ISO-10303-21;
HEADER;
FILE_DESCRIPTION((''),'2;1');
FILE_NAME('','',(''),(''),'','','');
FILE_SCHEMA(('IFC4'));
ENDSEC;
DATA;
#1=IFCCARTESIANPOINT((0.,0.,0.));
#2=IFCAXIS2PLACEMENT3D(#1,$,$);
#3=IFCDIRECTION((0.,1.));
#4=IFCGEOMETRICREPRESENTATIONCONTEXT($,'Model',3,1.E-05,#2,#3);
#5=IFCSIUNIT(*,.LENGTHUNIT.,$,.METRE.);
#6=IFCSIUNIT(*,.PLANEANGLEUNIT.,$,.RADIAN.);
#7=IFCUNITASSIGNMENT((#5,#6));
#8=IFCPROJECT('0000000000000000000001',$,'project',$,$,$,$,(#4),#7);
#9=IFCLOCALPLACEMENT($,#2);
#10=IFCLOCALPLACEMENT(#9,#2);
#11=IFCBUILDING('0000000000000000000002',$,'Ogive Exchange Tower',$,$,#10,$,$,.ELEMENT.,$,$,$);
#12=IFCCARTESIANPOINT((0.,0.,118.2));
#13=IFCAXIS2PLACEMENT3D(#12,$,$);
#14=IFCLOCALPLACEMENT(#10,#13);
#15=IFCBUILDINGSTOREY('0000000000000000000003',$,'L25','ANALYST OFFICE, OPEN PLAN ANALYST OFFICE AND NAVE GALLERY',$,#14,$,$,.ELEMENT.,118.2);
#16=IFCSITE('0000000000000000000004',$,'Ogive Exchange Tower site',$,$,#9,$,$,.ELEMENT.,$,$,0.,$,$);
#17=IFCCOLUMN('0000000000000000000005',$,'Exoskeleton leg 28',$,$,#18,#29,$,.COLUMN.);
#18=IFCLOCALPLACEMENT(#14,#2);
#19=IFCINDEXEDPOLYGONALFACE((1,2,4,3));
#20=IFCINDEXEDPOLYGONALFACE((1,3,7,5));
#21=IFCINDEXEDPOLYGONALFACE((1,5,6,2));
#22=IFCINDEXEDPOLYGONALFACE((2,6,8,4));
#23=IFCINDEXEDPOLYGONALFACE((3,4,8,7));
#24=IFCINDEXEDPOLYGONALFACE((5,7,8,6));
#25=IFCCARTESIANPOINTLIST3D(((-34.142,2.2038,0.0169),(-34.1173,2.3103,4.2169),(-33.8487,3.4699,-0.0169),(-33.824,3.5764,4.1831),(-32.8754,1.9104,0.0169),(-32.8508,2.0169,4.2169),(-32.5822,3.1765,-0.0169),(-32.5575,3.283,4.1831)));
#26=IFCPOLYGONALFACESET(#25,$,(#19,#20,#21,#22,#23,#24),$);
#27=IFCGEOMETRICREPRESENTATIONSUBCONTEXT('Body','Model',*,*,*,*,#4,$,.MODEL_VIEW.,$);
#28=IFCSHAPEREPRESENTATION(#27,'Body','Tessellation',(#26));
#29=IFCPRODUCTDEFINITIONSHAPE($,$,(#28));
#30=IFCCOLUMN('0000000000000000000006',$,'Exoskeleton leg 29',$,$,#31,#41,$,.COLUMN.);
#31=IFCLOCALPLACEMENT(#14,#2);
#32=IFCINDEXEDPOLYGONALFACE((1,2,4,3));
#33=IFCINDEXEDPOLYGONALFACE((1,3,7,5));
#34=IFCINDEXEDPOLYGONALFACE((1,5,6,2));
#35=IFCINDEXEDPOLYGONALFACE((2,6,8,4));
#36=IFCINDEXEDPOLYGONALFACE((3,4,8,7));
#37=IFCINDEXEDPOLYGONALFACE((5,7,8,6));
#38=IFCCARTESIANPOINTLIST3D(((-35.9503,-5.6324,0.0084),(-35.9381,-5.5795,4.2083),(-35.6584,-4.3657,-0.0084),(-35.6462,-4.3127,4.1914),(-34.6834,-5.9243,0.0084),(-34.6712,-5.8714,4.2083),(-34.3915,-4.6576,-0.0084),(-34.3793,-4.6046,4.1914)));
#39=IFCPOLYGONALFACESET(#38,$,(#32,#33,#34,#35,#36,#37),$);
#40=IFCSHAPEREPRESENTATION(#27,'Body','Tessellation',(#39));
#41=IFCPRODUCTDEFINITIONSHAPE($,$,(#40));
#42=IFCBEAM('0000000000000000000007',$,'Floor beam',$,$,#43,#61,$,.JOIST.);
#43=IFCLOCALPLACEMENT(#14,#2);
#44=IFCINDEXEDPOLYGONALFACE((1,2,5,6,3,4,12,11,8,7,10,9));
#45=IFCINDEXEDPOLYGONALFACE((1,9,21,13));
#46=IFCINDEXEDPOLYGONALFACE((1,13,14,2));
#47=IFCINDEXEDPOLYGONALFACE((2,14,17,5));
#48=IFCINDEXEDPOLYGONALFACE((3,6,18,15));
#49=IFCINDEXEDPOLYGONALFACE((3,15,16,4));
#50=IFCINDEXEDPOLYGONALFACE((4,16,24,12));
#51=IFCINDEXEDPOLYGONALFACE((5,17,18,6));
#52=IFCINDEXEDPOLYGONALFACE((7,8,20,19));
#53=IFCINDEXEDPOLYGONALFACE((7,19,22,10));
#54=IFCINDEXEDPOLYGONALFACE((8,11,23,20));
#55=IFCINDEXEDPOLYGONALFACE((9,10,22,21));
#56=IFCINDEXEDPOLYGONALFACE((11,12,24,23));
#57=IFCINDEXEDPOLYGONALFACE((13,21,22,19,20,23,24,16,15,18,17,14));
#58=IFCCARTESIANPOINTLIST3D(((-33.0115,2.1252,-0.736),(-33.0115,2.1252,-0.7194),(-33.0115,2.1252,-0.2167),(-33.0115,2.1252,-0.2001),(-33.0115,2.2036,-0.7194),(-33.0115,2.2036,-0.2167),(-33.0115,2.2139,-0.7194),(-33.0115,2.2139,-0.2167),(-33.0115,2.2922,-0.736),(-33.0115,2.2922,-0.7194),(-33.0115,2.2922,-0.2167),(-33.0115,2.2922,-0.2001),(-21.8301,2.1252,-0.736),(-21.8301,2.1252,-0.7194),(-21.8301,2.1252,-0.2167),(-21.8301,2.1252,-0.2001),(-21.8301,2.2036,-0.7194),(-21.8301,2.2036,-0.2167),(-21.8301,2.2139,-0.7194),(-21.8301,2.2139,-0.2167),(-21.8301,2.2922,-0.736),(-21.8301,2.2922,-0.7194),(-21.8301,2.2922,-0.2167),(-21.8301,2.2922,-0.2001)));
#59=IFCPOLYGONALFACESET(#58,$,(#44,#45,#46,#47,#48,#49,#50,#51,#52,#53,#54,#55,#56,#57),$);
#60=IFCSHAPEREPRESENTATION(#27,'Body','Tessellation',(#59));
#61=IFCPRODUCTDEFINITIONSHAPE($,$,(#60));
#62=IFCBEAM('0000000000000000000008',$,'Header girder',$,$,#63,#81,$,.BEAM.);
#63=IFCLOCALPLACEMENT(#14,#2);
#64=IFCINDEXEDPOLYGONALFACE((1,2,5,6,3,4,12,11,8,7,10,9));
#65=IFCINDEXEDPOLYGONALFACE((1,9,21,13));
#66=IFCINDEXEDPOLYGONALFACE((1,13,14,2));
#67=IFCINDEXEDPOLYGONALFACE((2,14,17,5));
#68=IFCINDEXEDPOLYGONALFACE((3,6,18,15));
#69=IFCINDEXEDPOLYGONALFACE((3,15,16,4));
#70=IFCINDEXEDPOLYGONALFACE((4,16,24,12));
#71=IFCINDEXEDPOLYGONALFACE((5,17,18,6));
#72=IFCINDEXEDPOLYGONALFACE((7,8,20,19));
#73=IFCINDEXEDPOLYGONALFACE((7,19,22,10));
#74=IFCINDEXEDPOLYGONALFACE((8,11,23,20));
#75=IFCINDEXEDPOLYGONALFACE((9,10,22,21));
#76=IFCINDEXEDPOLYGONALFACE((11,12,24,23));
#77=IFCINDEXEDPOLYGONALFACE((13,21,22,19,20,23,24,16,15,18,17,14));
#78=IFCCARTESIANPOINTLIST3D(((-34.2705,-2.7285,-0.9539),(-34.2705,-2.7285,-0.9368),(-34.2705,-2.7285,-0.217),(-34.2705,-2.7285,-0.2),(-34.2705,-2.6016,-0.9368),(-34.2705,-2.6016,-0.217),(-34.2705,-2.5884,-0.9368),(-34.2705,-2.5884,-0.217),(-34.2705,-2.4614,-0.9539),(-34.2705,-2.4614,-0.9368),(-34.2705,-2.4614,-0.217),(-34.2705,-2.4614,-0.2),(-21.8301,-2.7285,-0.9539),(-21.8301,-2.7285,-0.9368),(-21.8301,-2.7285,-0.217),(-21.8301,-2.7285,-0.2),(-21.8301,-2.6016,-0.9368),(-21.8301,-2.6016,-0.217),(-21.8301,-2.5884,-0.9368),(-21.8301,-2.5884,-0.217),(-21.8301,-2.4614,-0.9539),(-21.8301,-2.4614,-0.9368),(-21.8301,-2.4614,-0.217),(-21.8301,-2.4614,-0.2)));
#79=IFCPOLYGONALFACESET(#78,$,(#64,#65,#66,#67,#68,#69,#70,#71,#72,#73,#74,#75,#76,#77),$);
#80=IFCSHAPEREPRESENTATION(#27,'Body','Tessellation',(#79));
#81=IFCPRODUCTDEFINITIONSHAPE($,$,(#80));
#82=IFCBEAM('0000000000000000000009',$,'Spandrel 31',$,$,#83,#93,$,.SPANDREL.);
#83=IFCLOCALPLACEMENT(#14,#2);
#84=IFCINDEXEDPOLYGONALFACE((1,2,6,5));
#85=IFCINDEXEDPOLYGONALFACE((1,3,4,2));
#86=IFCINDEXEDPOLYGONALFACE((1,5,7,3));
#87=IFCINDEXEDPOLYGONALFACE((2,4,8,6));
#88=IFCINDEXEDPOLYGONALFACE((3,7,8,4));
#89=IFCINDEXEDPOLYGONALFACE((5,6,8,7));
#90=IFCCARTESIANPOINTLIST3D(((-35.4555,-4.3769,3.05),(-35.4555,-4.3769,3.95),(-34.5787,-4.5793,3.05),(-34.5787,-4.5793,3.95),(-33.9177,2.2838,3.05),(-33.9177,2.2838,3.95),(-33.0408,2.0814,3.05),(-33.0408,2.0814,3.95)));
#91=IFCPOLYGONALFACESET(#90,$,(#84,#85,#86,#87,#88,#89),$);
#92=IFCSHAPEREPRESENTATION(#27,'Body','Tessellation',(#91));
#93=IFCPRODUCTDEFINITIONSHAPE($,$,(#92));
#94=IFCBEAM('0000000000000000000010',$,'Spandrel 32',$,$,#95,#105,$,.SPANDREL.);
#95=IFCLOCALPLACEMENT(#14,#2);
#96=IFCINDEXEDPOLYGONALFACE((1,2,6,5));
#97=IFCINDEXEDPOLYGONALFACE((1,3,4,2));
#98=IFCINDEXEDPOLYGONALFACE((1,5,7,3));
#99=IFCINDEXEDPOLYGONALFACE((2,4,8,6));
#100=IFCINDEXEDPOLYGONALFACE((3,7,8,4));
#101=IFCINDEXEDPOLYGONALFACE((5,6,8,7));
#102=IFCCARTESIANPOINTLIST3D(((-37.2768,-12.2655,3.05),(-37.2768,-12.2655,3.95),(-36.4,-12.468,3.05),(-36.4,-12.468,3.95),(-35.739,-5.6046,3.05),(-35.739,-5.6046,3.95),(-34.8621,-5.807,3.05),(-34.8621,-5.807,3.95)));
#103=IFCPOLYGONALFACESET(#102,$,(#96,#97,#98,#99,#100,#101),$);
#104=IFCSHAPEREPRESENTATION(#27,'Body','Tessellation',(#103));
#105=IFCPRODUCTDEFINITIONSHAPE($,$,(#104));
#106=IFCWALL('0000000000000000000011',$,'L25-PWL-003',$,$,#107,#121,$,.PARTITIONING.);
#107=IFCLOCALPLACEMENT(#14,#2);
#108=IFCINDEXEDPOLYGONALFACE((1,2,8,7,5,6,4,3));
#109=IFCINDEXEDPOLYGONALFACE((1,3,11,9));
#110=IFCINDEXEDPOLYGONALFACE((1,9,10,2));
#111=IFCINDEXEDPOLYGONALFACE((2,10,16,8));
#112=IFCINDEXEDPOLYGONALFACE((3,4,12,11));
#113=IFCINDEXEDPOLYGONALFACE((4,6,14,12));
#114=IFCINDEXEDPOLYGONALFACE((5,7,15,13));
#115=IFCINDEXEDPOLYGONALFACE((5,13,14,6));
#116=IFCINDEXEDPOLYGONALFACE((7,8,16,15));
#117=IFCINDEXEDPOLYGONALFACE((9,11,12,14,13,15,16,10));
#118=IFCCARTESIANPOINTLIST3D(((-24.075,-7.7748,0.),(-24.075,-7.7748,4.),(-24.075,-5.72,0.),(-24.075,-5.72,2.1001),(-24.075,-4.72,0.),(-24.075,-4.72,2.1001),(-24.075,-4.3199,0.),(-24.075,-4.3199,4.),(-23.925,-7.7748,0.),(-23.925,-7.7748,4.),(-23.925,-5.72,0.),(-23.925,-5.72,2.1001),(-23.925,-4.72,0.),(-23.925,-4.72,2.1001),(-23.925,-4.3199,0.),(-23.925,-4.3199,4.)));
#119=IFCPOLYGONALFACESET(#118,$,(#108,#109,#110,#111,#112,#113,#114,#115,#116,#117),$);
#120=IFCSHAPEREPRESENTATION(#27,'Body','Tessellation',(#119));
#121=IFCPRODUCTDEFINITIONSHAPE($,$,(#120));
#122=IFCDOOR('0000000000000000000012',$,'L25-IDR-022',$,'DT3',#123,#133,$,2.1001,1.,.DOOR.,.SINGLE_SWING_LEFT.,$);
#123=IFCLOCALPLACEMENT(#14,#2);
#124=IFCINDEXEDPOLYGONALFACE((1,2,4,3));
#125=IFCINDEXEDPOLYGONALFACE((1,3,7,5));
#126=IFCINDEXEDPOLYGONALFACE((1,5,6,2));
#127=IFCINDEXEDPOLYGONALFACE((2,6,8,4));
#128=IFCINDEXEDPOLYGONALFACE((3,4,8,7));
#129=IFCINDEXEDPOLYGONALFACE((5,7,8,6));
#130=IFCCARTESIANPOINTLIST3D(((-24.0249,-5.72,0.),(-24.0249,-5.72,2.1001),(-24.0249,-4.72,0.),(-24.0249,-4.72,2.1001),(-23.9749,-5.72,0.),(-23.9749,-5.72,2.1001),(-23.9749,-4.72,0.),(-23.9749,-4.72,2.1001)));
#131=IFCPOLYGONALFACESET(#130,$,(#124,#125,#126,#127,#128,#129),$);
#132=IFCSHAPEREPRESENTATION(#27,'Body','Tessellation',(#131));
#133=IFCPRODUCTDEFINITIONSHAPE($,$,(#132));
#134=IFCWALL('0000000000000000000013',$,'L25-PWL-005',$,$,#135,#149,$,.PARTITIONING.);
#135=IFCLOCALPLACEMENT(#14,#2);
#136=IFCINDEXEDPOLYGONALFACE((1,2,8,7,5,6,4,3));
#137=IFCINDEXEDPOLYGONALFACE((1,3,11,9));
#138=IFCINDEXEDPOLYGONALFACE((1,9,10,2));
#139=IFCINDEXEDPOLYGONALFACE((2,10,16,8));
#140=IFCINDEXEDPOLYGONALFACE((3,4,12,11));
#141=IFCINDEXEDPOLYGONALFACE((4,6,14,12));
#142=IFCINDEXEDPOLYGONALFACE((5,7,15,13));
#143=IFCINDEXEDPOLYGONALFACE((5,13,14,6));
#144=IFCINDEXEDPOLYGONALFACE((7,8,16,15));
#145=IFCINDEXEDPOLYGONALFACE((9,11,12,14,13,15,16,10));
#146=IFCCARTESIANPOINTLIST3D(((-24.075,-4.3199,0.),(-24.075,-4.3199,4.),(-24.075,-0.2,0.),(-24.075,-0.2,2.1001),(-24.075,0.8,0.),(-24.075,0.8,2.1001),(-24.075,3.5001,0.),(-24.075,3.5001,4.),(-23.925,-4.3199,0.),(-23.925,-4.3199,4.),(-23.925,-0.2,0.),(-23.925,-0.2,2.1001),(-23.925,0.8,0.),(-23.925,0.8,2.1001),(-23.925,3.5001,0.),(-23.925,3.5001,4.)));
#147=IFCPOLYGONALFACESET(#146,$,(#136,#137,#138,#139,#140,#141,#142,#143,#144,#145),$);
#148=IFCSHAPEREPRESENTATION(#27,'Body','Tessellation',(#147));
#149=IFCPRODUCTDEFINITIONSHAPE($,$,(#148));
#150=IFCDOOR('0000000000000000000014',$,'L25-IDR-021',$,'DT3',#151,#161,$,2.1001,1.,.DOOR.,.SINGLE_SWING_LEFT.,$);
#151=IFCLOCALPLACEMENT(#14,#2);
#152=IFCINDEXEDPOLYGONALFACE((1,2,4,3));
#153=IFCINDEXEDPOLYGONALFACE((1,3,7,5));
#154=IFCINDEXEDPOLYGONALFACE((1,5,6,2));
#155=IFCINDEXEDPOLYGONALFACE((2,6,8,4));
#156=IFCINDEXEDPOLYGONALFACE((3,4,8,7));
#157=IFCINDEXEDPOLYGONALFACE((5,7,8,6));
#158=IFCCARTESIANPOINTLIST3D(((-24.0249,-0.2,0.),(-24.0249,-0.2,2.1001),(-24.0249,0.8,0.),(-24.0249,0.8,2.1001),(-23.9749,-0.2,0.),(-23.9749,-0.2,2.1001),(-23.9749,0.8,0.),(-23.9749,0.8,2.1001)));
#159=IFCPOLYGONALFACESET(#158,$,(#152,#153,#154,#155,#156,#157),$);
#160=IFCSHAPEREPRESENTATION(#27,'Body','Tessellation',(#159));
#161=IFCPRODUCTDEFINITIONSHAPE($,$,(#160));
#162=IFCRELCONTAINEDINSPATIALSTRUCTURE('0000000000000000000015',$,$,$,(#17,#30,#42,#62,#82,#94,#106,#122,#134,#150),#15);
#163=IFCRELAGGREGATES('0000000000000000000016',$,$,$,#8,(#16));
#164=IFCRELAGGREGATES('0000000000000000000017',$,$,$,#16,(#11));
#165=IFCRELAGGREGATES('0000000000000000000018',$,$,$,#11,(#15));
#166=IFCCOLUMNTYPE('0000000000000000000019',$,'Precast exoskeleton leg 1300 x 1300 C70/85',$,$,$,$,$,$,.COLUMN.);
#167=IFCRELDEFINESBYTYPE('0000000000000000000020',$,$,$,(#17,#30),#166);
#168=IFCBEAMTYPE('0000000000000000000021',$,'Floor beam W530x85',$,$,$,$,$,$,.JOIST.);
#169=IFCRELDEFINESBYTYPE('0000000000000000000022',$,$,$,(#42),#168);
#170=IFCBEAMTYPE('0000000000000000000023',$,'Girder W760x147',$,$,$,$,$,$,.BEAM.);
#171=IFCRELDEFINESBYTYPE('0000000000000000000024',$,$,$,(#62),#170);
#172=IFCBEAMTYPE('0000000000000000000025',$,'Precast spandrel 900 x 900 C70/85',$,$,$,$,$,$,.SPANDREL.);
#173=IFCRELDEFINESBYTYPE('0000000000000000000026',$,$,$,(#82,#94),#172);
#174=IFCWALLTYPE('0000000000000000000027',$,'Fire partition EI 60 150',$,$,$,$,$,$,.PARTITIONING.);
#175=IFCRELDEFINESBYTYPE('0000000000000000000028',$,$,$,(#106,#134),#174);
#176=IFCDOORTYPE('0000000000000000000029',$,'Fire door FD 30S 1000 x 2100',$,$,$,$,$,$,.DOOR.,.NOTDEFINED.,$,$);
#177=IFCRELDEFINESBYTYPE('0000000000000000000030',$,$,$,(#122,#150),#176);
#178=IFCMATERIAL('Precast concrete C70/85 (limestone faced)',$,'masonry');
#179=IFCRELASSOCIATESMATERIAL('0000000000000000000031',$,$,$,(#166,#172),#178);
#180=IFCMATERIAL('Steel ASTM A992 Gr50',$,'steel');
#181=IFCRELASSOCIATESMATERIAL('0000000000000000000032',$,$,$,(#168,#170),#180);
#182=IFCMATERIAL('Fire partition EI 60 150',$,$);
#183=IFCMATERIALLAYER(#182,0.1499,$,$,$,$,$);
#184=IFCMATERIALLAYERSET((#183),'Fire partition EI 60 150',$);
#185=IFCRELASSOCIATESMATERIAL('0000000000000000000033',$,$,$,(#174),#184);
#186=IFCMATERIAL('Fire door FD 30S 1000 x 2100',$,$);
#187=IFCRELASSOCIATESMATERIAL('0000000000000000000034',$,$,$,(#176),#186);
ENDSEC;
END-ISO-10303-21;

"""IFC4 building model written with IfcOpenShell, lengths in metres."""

from ifc_helpers import new_model, si_unit, direction, frame, frame_2d, origin, origin_2d, place, context, subcontext, project, spatial, rectangle, i_section, extrude, material, layer, layer_set, material_profile, profile_set, type_object, element, fill, save


model = new_model("IFC4")

# Units and contexts
model_context = context("Model", 3, precision=1e-05, world=origin(), true_north=direction((0.0, 1.0)))
body_context = subcontext(model_context, "Body", "Model", "MODEL_VIEW")
ifc_project = project(units=[si_unit("LENGTHUNIT", "METRE"), si_unit("PLANEANGLEUNIT", "RADIAN")], contexts=[model_context])

# Site, building, storey
site_placement = place(None, origin())
site = spatial("IfcSite", under=ifc_project, at=site_placement, Name="Ogive Exchange Tower site", CompositionType="ELEMENT", RefElevation=0.0)
building_placement = place(site_placement, origin())
building = spatial("IfcBuilding", under=site, at=building_placement, Name="Ogive Exchange Tower", CompositionType="ELEMENT")
storey_placement = place(building_placement, frame((0.0, 0.0, 118.2)))
storey = spatial("IfcBuildingStorey", under=building, at=storey_placement, Name="L25", Description="ANALYST OFFICE, OPEN PLAN ANALYST OFFICE AND NAVE GALLERY", CompositionType="ELEMENT", Elevation=118.2)

# Columns
ifc_material_1 = material(Name="Precast concrete C70/85 (limestone faced)", Category="masonry")
ifc_material_profile_1 = material_profile(ifc_material_1, rectangle(XDim=1.3, YDim=1.3, at=origin_2d()), Name="1300 x 1300")
ifc_profile_set_1 = profile_set([ifc_material_profile_1], Name="Precast concrete C70/85 (limestone faced)")
column_type = type_object("IfcColumnType", Name="Precast exoskeleton leg 1300 x 1300 C70/85", PredefinedType="COLUMN", material=ifc_profile_set_1)
column_1_placement = place(storey_placement, frame((-33.3621, 2.6902, 0.0), z_axis=(0.005869, 0.025336, 0.999662), x_axis=(-0.974203, 0.225675, 0.0)))
element("IfcColumn", 1, at=column_1_placement, inside=storey, type_object=column_type, Name="Exoskeleton leg 28", PredefinedType="COLUMN", context=body_context, shape_type="SweptSolid", body=[
    extrude(rectangle(XDim=1.3, YDim=1.3, at=origin_2d()), origin(), (0.0, 0.0, 1.0), 4.2014),
])
column_2_placement = place(storey_placement, frame((-35.1709, -5.145, 0.0), z_axis=(0.002906, 0.012613, 0.999916), x_axis=(-0.974467, 0.224532, 0.0)))
element("IfcColumn", 2, at=column_2_placement, inside=storey, type_object=column_type, Name="Exoskeleton leg 29", PredefinedType="COLUMN", context=body_context, shape_type="SweptSolid", body=[
    extrude(rectangle(XDim=1.3, YDim=1.3, at=origin_2d()), origin(), (0.0, 0.0, 1.0), 4.2002),
])

# Beams
ifc_material_2 = material(Name="Steel ASTM A992 Gr50", Category="steel")
ifc_material_profile_2 = material_profile(ifc_material_2, i_section(OverallWidth=0.167, OverallDepth=0.5359, WebThickness=0.0103, FlangeThickness=0.0166, at=origin_2d()), Name="W530x85")
ifc_profile_set_2 = profile_set([ifc_material_profile_2], Name="Steel ASTM A992 Gr50")
beam_type_1 = type_object("IfcBeamType", Name="Floor beam W530x85", PredefinedType="JOIST", material=ifc_profile_set_2)
beam_1_placement = place(storey_placement, frame((-33.0115, 2.2087, -0.468), z_axis=(1.0, 0.0, 0.0), x_axis=(0.0, 1.0, 0.0)))
element("IfcBeam", 3, at=beam_1_placement, inside=storey, type_object=beam_type_1, Name="Floor beam", PredefinedType="JOIST", context=body_context, shape_type="SweptSolid", body=[
    extrude(i_section(OverallWidth=0.167, OverallDepth=0.5359, WebThickness=0.0103, FlangeThickness=0.0166, at=origin_2d()), origin(), (0.0, 0.0, 1.0), 11.1814),
])
ifc_material_profile_3 = material_profile(ifc_material_2, i_section(OverallWidth=0.2671, OverallDepth=0.7539, WebThickness=0.0132, FlangeThickness=0.0171, at=origin_2d()), Name="W760x147")
ifc_profile_set_3 = profile_set([ifc_material_profile_3], Name="Steel ASTM A992 Gr50")
beam_type_2 = type_object("IfcBeamType", Name="Girder W760x147", PredefinedType="BEAM", material=ifc_profile_set_3)
beam_2_placement = place(storey_placement, frame((-34.2705, -2.595, -0.5769), z_axis=(1.0, 0.0, 0.0), x_axis=(0.0, 1.0, 0.0)))
element("IfcBeam", 4, at=beam_2_placement, inside=storey, type_object=beam_type_2, Name="Header girder", PredefinedType="BEAM", context=body_context, shape_type="SweptSolid", body=[
    extrude(i_section(OverallWidth=0.2671, OverallDepth=0.7539, WebThickness=0.0132, FlangeThickness=0.0171, at=origin_2d()), origin(), (0.0, 0.0, 1.0), 12.4404),
])
ifc_material_profile_4 = material_profile(ifc_material_1, rectangle(XDim=0.8999, YDim=0.8999, at=origin_2d()), Name="900 x 900")
ifc_profile_set_4 = profile_set([ifc_material_profile_4], Name="Precast concrete C70/85 (limestone faced)")
beam_type_3 = type_object("IfcBeamType", Name="Precast spandrel 900 x 900 C70/85", PredefinedType="SPANDREL", material=ifc_profile_set_4)
beam_3_placement = place(storey_placement, frame((-33.4792, 2.1826, 3.5), z_axis=(-0.224966, -0.974367, 0.0), x_axis=(0.974367, -0.224966, 0.0)))
element("IfcBeam", 5, at=beam_3_placement, inside=storey, type_object=beam_type_3, Name="Spandrel 31", PredefinedType="SPANDREL", context=body_context, shape_type="SweptSolid", body=[
    extrude(rectangle(XDim=0.8999, YDim=0.8999, at=origin_2d()), origin(), (0.0, 0.0, 1.0), 6.8359),
])
beam_4_placement = place(storey_placement, frame((-35.3005, -5.7058, 3.5), z_axis=(-0.224959, -0.974368, 0.0), x_axis=(0.974368, -0.224959, 0.0)))
element("IfcBeam", 6, at=beam_4_placement, inside=storey, type_object=beam_type_3, Name="Spandrel 32", PredefinedType="SPANDREL", context=body_context, shape_type="SweptSolid", body=[
    extrude(rectangle(XDim=0.8999, YDim=0.8999, at=origin_2d()), origin(), (0.0, 0.0, 1.0), 6.8362),
])

# Walls, openings, doors
ifc_material_3 = material(Name="Fire partition EI 60 150")
ifc_layer_1 = layer(ifc_material_3, 0.1499)
ifc_layer_set_1 = layer_set([ifc_layer_1], Name="Fire partition EI 60 150")
wall_type_1 = type_object("IfcWallType", Name="Fire partition EI 60 150", PredefinedType="PARTITIONING", material=ifc_layer_set_1)
wall_1_placement = place(storey_placement, frame((-24.0, -7.7749, 0.0), z_axis=(0.0, 0.0, 1.0), x_axis=(0.0, 1.0, 0.0)))
wall_1 = element("IfcWall", 7, at=wall_1_placement, inside=storey, type_object=wall_type_1, Name="L25-PWL-003", PredefinedType="PARTITIONING", context=body_context, shape_type="SweptSolid", body=[
    extrude(rectangle(XDim=3.4548, YDim=0.1499, at=frame_2d((1.7275, 0.0))), origin(), (0.0, 0.0, 1.0), 4.0),
])
opening_1_placement = place(wall_1_placement, frame((2.0549, 0.0, 0.0)))
opening_1 = element("IfcOpeningElement", 8, at=opening_1_placement, cuts=wall_1, PredefinedType="OPENING", context=body_context, shape_type="SweptSolid", body=[
    extrude(rectangle(XDim=1.0, YDim=2.1001, at=frame_2d((0.5, 1.05))), frame((0.0, 0.085, 0.0), z_axis=(0.0, -1.0, 0.0), x_axis=(1.0, 0.0, 0.0)), (0.0, 0.0, 1.0), 0.1699),
])
ifc_material_4 = material(Name="Fire door FD 30S 1000 x 2100")
door_type_1 = type_object("IfcDoorType", Name="Fire door FD 30S 1000 x 2100", OperationType="NOTDEFINED", PredefinedType="DOOR", material=ifc_material_4)
door_1_placement = place(opening_1_placement, origin())
door_1 = element("IfcDoor", 9, at=door_1_placement, inside=storey, type_object=door_type_1, Name="L25-IDR-022", ObjectType="DT3", OperationType="SINGLE_SWING_LEFT", OverallHeight=2.1001, OverallWidth=1.0, PredefinedType="DOOR", context=body_context, shape_type="SweptSolid", body=[
    extrude(rectangle(XDim=1.0, YDim=2.1001, at=frame_2d((0.5, 1.05))), frame((0.0, 0.0249, 0.0), z_axis=(0.0, -1.0, 0.0), x_axis=(1.0, 0.0, 0.0)), (0.0, 0.0, 1.0), 0.05),
])
fill(opening_1, door_1)
wall_2_placement = place(storey_placement, frame((-24.0, -4.3201, 0.0), z_axis=(0.0, 0.0, 1.0), x_axis=(0.0, 1.0, 0.0)))
wall_2 = element("IfcWall", 10, at=wall_2_placement, inside=storey, type_object=wall_type_1, Name="L25-PWL-005", PredefinedType="PARTITIONING", context=body_context, shape_type="SweptSolid", body=[
    extrude(rectangle(XDim=7.8201, YDim=0.1499, at=frame_2d((3.9102, 0.0))), origin(), (0.0, 0.0, 1.0), 4.0),
])
opening_2_placement = place(wall_2_placement, frame((4.1201, 0.0, 0.0)))
opening_2 = element("IfcOpeningElement", 11, at=opening_2_placement, cuts=wall_2, PredefinedType="OPENING", context=body_context, shape_type="SweptSolid", body=[
    extrude(rectangle(XDim=1.0, YDim=2.1001, at=frame_2d((0.5, 1.05))), frame((0.0, 0.085, 0.0), z_axis=(0.0, -1.0, 0.0), x_axis=(1.0, 0.0, 0.0)), (0.0, 0.0, 1.0), 0.1699),
])
door_2_placement = place(opening_2_placement, origin())
door_2 = element("IfcDoor", 12, at=door_2_placement, inside=storey, type_object=door_type_1, Name="L25-IDR-021", ObjectType="DT3", OperationType="SINGLE_SWING_LEFT", OverallHeight=2.1001, OverallWidth=1.0, PredefinedType="DOOR", context=body_context, shape_type="SweptSolid", body=[
    extrude(rectangle(XDim=1.0, YDim=2.1001, at=frame_2d((0.5, 1.05))), frame((0.0, 0.0249, 0.0), z_axis=(0.0, -1.0, 0.0), x_axis=(1.0, 0.0, 0.0)), (0.0, 0.0, 1.0), 0.05),
])
fill(opening_2, door_2)

save(model, "model.ifc")
